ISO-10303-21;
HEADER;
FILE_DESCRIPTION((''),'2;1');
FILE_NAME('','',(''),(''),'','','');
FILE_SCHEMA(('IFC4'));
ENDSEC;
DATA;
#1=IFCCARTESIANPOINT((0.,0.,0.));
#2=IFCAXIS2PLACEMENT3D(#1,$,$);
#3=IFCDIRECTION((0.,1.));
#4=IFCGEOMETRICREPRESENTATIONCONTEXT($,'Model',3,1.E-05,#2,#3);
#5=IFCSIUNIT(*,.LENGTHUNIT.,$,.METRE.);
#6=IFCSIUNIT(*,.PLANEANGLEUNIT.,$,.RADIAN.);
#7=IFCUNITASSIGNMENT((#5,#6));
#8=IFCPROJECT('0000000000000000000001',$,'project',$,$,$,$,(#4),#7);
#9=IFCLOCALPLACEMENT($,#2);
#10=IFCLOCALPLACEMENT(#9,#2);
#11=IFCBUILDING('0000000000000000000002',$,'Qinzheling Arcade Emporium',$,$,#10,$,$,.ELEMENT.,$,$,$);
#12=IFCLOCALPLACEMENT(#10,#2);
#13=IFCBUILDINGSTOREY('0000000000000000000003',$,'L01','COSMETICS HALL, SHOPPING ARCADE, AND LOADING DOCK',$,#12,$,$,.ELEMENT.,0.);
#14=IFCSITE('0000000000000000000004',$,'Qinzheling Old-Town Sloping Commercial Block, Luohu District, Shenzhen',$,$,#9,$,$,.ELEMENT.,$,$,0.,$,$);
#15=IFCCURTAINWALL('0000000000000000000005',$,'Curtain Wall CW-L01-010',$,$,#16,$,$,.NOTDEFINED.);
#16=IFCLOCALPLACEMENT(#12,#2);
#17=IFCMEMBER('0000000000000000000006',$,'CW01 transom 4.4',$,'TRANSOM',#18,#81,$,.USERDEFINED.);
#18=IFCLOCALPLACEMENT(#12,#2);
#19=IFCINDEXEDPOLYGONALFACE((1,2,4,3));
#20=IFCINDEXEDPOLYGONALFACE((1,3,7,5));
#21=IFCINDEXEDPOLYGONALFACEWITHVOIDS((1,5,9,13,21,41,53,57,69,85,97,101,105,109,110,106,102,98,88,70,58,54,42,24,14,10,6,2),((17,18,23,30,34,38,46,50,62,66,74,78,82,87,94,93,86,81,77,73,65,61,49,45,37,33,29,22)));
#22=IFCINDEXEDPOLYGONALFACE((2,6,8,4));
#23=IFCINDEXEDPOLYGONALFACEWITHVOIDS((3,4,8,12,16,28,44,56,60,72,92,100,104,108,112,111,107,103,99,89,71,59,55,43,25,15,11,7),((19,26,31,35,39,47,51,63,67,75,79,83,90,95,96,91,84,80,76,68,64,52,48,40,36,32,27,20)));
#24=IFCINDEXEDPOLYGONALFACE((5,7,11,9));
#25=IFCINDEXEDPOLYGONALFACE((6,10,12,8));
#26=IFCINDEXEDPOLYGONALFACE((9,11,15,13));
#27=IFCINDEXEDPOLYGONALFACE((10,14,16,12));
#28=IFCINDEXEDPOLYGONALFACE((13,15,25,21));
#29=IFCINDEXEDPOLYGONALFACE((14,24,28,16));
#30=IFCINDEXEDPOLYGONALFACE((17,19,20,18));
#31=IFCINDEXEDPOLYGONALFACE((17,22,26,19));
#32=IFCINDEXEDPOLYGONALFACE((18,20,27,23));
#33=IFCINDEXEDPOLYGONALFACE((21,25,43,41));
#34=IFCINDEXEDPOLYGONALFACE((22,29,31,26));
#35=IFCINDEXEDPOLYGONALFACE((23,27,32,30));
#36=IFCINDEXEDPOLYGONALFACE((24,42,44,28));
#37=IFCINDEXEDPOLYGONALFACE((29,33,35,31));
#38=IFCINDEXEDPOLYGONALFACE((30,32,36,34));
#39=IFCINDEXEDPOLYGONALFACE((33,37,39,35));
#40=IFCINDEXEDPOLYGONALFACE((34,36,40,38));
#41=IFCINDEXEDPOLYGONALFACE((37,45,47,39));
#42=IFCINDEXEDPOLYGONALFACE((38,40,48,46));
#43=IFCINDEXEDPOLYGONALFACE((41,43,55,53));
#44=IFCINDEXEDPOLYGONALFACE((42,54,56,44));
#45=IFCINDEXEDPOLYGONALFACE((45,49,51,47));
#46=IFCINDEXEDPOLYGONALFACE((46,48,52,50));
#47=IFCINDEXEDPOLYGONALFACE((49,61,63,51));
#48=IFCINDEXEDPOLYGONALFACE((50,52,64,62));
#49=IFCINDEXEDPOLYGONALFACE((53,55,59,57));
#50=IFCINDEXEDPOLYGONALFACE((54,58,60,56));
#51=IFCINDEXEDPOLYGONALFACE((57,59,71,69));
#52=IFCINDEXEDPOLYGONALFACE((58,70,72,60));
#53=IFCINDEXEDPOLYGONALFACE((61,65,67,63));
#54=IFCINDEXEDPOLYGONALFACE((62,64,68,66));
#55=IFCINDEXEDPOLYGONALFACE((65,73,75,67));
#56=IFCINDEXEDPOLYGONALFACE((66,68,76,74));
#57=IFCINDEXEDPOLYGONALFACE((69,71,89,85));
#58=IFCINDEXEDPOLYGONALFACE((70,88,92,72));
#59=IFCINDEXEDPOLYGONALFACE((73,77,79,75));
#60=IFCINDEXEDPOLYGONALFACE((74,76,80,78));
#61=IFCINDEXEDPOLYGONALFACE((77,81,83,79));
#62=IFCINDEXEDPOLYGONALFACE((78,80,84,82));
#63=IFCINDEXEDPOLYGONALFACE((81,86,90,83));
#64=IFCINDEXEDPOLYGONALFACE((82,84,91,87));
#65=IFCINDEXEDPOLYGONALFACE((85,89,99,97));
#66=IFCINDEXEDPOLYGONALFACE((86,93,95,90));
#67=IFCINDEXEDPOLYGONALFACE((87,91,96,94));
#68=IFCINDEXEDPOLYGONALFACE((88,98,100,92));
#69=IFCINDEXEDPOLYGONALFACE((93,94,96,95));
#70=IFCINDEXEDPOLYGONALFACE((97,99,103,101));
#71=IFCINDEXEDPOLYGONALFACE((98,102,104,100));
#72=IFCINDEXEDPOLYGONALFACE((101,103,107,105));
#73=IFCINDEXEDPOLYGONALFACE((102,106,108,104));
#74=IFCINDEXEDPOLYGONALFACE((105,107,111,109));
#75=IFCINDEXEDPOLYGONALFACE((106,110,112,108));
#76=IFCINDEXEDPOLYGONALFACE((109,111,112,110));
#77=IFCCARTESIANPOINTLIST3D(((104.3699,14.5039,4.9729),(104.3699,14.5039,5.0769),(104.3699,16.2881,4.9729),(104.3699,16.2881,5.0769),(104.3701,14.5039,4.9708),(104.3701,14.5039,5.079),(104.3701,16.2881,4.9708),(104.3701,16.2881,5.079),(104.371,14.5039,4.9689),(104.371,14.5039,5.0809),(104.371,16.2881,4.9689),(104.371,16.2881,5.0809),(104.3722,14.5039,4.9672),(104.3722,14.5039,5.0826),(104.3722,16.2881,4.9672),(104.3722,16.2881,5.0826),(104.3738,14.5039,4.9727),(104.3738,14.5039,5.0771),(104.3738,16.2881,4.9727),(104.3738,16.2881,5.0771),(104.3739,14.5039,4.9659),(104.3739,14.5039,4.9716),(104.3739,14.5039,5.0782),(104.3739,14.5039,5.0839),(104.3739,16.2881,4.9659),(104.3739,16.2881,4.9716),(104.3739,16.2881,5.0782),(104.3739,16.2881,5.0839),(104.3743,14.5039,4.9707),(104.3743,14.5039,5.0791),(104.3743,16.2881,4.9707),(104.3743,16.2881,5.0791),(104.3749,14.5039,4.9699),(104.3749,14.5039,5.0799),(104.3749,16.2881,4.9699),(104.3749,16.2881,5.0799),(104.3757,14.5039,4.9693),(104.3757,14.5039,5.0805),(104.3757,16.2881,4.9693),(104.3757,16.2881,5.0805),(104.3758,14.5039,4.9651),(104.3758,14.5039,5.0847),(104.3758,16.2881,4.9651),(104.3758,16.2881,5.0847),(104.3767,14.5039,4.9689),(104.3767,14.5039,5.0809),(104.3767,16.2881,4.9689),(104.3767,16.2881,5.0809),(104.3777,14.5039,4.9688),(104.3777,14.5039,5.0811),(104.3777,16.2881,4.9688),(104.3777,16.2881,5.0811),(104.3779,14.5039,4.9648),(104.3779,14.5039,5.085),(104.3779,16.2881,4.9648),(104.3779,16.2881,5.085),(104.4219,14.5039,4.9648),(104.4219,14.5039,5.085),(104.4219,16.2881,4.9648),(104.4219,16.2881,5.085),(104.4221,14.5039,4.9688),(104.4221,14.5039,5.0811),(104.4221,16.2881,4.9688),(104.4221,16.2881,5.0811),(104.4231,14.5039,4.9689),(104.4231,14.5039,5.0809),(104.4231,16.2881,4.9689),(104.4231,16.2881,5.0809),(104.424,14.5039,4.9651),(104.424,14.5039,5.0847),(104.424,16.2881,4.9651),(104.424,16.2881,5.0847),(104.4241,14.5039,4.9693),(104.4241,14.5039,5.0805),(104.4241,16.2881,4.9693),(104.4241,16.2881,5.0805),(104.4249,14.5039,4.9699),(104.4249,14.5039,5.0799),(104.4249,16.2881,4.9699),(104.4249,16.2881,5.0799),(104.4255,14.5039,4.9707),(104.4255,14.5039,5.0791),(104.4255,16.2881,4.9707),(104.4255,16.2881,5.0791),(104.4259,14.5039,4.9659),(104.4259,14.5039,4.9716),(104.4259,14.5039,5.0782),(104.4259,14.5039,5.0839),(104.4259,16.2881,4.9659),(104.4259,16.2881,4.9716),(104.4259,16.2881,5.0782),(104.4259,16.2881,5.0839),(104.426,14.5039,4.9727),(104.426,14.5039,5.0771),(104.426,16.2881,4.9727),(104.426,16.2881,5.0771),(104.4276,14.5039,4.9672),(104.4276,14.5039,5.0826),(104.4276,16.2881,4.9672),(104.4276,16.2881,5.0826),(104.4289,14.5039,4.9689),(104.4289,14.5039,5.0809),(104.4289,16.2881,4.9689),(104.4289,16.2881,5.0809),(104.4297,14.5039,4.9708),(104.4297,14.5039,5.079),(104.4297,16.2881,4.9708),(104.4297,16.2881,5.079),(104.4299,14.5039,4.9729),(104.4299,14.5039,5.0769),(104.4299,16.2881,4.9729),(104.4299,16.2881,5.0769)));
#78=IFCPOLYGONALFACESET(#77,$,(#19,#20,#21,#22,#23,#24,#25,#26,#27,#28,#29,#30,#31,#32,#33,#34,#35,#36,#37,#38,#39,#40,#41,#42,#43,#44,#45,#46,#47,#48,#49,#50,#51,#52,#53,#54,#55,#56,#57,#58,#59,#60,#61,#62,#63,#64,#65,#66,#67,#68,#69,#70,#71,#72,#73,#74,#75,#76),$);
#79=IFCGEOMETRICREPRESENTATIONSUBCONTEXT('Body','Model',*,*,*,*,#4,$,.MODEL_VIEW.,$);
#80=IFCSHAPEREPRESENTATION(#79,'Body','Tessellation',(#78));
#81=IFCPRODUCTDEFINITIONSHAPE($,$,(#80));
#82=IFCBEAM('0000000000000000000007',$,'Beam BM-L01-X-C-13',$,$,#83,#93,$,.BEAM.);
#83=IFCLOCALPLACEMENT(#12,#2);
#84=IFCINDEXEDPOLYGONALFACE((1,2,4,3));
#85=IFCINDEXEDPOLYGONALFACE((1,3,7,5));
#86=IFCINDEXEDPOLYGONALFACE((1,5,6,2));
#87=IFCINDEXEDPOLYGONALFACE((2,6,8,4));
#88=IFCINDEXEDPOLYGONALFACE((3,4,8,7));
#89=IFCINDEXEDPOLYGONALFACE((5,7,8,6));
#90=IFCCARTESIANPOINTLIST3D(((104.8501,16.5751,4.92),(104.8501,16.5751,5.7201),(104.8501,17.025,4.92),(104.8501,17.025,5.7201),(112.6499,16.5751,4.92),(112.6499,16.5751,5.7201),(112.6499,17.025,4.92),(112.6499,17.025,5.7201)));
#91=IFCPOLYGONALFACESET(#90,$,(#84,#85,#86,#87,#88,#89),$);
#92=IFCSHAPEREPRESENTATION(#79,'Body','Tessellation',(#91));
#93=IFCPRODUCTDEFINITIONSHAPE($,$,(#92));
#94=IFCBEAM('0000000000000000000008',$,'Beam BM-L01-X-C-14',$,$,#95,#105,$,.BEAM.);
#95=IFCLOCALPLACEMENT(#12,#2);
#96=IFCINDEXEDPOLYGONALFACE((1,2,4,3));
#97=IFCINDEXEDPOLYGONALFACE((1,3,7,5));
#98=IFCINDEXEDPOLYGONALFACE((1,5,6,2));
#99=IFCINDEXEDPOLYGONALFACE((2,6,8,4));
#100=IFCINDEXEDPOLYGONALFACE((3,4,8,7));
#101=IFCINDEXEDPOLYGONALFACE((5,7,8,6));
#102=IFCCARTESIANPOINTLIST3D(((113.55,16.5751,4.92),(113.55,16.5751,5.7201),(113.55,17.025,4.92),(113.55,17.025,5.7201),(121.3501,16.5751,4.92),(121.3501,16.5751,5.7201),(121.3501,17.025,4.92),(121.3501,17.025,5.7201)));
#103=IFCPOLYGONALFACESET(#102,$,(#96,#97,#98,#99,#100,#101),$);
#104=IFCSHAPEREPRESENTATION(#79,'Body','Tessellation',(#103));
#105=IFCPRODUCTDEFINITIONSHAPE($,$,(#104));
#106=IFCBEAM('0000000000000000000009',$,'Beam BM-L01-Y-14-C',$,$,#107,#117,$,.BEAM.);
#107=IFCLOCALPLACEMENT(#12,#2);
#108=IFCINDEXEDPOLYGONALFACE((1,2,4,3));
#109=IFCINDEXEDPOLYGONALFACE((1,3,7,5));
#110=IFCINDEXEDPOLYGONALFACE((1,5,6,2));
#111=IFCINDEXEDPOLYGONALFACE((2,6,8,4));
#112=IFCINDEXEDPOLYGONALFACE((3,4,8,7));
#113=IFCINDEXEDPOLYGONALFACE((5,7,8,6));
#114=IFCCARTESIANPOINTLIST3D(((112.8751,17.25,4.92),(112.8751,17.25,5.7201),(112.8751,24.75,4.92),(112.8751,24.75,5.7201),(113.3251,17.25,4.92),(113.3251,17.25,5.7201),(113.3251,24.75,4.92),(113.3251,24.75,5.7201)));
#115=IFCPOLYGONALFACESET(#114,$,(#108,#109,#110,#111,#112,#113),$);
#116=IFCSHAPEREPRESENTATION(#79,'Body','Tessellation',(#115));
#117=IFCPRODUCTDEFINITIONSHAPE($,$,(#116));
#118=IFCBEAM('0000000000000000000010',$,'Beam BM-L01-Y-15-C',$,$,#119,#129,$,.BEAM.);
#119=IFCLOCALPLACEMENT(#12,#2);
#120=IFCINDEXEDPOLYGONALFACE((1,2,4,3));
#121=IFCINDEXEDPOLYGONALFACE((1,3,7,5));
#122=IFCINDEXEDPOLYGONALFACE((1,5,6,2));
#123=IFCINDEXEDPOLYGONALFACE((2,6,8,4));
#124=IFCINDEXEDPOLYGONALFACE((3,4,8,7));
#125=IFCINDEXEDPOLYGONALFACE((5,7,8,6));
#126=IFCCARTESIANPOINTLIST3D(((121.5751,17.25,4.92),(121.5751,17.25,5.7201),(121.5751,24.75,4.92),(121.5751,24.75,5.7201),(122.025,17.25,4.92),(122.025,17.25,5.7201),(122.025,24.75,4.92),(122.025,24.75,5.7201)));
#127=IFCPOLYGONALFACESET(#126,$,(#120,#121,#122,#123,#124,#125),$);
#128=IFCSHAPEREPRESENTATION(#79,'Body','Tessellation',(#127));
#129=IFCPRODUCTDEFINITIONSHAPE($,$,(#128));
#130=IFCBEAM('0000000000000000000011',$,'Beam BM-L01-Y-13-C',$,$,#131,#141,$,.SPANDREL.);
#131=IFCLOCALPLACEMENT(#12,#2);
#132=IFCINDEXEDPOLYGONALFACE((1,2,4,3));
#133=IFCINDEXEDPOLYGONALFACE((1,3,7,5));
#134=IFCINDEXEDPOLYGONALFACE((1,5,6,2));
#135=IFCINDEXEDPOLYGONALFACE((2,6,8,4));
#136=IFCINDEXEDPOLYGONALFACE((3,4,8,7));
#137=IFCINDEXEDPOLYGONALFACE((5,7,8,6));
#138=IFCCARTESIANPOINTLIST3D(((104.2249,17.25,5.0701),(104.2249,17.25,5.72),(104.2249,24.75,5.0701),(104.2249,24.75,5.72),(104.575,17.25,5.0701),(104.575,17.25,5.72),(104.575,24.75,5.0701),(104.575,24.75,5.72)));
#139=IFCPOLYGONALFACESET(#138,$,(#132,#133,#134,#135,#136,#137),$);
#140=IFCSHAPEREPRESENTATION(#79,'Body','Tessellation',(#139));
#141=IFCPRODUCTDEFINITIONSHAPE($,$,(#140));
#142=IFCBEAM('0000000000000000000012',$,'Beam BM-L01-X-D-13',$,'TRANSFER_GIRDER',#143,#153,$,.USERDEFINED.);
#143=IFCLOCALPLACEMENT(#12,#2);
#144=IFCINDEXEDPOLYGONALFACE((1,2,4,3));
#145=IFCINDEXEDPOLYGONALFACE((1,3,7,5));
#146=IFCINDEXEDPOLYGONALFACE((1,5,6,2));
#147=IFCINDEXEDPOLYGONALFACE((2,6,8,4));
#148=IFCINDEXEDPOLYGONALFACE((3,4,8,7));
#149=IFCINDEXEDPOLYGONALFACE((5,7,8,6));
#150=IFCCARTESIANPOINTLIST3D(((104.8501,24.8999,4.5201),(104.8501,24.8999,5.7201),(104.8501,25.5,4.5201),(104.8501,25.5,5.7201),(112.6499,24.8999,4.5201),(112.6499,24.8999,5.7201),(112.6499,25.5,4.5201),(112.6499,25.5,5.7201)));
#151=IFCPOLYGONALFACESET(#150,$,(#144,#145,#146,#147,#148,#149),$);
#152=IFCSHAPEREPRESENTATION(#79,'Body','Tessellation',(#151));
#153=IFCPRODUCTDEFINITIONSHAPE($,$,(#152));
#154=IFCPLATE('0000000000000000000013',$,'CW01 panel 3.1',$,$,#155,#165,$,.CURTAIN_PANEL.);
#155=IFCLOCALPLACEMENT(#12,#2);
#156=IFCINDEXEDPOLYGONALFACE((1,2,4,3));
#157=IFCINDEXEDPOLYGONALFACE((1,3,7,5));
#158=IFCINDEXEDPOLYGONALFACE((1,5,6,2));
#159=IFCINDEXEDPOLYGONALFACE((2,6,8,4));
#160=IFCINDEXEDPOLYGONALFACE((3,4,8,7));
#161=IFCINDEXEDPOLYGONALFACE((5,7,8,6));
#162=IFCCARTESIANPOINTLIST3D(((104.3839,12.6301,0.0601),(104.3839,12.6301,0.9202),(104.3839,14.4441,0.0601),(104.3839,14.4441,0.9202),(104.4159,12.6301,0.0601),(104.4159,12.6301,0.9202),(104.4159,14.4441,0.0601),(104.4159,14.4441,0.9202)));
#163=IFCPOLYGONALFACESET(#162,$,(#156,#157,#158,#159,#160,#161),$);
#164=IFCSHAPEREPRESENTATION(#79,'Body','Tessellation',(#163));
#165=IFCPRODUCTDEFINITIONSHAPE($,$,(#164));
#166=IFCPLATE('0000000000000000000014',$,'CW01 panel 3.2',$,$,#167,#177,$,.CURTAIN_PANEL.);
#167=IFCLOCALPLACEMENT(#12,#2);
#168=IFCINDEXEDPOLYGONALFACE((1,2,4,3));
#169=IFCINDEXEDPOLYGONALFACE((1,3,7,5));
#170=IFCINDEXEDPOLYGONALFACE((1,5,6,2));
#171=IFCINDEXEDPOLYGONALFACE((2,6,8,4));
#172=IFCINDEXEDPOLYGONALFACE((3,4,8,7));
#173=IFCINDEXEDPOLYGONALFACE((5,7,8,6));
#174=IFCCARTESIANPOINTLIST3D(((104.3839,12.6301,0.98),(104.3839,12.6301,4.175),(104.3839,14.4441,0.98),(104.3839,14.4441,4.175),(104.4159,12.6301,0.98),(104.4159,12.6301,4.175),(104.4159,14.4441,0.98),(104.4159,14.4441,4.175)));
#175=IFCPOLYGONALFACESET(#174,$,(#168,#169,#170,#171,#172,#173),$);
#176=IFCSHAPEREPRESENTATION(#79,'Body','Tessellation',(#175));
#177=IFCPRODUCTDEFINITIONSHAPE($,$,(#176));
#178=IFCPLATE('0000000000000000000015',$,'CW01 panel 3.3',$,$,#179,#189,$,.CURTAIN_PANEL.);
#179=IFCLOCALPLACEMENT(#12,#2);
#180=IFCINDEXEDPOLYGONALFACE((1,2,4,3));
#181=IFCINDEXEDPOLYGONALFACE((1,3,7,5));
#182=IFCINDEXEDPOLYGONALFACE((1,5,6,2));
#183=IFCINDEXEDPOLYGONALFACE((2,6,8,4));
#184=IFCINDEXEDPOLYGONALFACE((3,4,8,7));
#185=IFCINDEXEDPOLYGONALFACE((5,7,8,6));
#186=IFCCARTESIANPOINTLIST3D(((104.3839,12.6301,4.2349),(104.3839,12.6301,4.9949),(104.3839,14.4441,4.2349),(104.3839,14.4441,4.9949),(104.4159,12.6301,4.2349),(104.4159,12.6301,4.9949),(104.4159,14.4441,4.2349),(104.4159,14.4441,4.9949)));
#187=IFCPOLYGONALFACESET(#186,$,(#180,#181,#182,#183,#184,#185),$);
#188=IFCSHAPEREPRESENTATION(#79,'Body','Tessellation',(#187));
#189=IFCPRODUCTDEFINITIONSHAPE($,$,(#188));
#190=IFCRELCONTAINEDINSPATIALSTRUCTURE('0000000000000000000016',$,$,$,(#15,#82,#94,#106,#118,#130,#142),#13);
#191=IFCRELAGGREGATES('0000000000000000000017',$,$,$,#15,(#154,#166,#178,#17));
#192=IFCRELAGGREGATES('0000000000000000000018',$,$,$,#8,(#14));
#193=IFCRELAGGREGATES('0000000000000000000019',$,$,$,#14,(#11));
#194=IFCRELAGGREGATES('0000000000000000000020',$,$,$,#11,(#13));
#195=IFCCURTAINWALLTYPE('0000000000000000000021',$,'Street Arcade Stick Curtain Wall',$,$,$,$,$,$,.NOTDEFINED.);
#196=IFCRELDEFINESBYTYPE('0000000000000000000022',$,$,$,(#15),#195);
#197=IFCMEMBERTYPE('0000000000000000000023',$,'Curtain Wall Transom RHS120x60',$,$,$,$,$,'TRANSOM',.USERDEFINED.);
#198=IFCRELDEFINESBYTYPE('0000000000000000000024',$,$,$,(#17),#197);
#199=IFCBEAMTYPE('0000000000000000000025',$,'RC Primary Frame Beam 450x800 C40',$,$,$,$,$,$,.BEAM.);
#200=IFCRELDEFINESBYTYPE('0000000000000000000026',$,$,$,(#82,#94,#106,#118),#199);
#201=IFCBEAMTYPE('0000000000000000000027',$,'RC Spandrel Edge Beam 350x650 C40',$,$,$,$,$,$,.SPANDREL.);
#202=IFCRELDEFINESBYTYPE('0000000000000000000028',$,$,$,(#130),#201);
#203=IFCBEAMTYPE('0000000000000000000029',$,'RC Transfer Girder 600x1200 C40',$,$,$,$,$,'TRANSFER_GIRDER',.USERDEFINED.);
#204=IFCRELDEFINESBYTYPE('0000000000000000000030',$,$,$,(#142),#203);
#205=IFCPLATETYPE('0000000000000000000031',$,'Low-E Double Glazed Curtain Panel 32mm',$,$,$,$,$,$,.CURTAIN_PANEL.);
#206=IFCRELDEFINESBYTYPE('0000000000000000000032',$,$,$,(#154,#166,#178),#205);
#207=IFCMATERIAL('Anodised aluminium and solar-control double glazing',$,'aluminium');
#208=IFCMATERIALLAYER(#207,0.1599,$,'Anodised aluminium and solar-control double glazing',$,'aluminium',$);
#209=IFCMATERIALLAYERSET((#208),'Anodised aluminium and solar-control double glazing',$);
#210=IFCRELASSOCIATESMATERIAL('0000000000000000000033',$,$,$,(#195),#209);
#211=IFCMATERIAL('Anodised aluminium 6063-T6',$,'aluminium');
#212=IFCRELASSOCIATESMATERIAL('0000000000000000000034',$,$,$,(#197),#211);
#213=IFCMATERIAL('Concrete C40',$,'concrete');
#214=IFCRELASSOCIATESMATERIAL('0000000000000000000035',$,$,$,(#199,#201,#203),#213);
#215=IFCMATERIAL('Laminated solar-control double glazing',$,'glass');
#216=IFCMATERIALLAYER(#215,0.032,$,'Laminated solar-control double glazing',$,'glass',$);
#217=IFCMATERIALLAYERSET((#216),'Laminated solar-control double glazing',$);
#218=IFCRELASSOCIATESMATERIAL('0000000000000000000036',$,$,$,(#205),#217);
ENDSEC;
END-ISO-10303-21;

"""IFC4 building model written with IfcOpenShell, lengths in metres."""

from ifc_helpers import new_model, si_unit, direction, frame, origin, origin_2d, place, context, subcontext, project, spatial, rectangle, hollow_rectangle, extrude, material, layer, layer_set, material_profile, profile_set, type_object, element, aggregate, save


model = new_model("IFC4")

# Units and contexts
model_context = context("Model", 3, precision=1e-05, world=origin(), true_north=direction((0.0, 1.0)))
body_context = subcontext(model_context, "Body", "Model", "MODEL_VIEW")
ifc_project = project(units=[si_unit("LENGTHUNIT", "METRE"), si_unit("PLANEANGLEUNIT", "RADIAN")], contexts=[model_context])

# Site, building, storey
site_placement = place(None, origin())
site = spatial("IfcSite", under=ifc_project, at=site_placement, Name="Qinzheling Old-Town Sloping Commercial Block, Luohu District, Shenzhen", CompositionType="ELEMENT", RefElevation=0.0)
building_placement = place(site_placement, origin())
building = spatial("IfcBuilding", under=site, at=building_placement, Name="Qinzheling Arcade Emporium", CompositionType="ELEMENT")
storey_placement = place(building_placement, origin())
storey = spatial("IfcBuildingStorey", under=building, at=storey_placement, Name="L01", Description="COSMETICS HALL, SHOPPING ARCADE, AND LOADING DOCK", CompositionType="ELEMENT", Elevation=0.0)

# Curtain wall, member
ifc_material_1 = material(Name="Anodised aluminium and solar-control double glazing", Category="aluminium")
ifc_layer_1 = layer(ifc_material_1, 0.1599, Name="Anodised aluminium and solar-control double glazing", Category="aluminium")
ifc_layer_set_1 = layer_set([ifc_layer_1], Name="Anodised aluminium and solar-control double glazing")
curtain_wall_type = type_object("IfcCurtainWallType", Name="Street Arcade Stick Curtain Wall", PredefinedType="NOTDEFINED", material=ifc_layer_set_1)
curtain_wall_placement = place(storey_placement, origin())
curtain_wall = element("IfcCurtainWall", 1, at=curtain_wall_placement, inside=storey, type_object=curtain_wall_type, Name="Curtain Wall CW-L01-010", PredefinedType="NOTDEFINED")
ifc_material_2 = material(Name="Anodised aluminium 6063-T6", Category="aluminium")
ifc_material_profile_1 = material_profile(ifc_material_2, hollow_rectangle(XDim=0.0601, YDim=0.1201, WallThickness=0.0039, InnerFilletRadius=0.0039, OuterFilletRadius=0.0081, at=origin_2d()), Name="RHS 120x60x4", Category="aluminium")
ifc_profile_set_1 = profile_set([ifc_material_profile_1], Name="Anodised aluminium 6063-T6")
member_type_1 = type_object("IfcMemberType", Name="Curtain Wall Transom RHS120x60", ElementType="TRANSOM", PredefinedType="USERDEFINED", material=ifc_profile_set_1)
member_1_placement = place(storey_placement, frame((104.3999, 14.5039, 5.0249), z_axis=(0.0, 1.0, 0.0), x_axis=(-1.0, 0.0, 0.0)))
member_1 = element("IfcMember", 2, at=member_1_placement, type_object=member_type_1, Name="CW01 transom 4.4", ObjectType="TRANSOM", PredefinedType="USERDEFINED", context=body_context, shape_type="SweptSolid", body=[
    extrude(hollow_rectangle(XDim=0.0601, YDim=0.1201, WallThickness=0.0039, InnerFilletRadius=0.0039, OuterFilletRadius=0.0081, at=origin_2d()), origin(), (0.0, 0.0, 1.0), 1.7842),
])

# Beams
ifc_material_3 = material(Name="Concrete C40", Category="concrete")
ifc_material_profile_2 = material_profile(ifc_material_3, rectangle(XDim=0.45, YDim=0.8, at=origin_2d()), Name="RC 450x800", Category="concrete")
ifc_profile_set_2 = profile_set([ifc_material_profile_2], Name="Concrete C40")
beam_type_1 = type_object("IfcBeamType", Name="RC Primary Frame Beam 450x800 C40", PredefinedType="BEAM", material=ifc_profile_set_2)
beam_1_placement = place(storey_placement, frame((104.8501, 16.8, 5.3201), z_axis=(1.0, 0.0, 0.0), x_axis=(0.0, 1.0, 0.0)))
element("IfcBeam", 3, at=beam_1_placement, inside=storey, type_object=beam_type_1, Name="Beam BM-L01-X-C-13", PredefinedType="BEAM", context=body_context, shape_type="SweptSolid", body=[
    extrude(rectangle(XDim=0.45, YDim=0.8, at=origin_2d()), origin(), (0.0, 0.0, 1.0), 7.7998),
])
beam_2_placement = place(storey_placement, frame((113.55, 16.8, 5.3201), z_axis=(1.0, 0.0, 0.0), x_axis=(0.0, 1.0, 0.0)))
element("IfcBeam", 4, at=beam_2_placement, inside=storey, type_object=beam_type_1, Name="Beam BM-L01-X-C-14", PredefinedType="BEAM", context=body_context, shape_type="SweptSolid", body=[
    extrude(rectangle(XDim=0.45, YDim=0.8, at=origin_2d()), origin(), (0.0, 0.0, 1.0), 7.8),
])
for number, where, z_axis, x_axis, name in (
    (5, (113.1001, 17.25, 5.3201), (0.0, 1.0, 0.0), (-1.0, 0.0, 0.0), "Beam BM-L01-Y-14-C"),
    (6, (121.8, 17.25, 5.3201), (0.0, 1.0, 0.0), (-1.0, 0.0, 0.0), "Beam BM-L01-Y-15-C"),
):
    element("IfcBeam", number, at=place(storey_placement, frame(where, z_axis=z_axis, x_axis=x_axis)), inside=storey, type_object=beam_type_1, Name=name, PredefinedType="BEAM", context=body_context, shape_type="SweptSolid", body=[
        extrude(rectangle(XDim=0.45, YDim=0.8, at=origin_2d()), origin(), (0.0, 0.0, 1.0), 7.5),
    ])
ifc_material_profile_3 = material_profile(ifc_material_3, rectangle(XDim=0.3501, YDim=0.6499, at=origin_2d()), Name="RC 350x650", Category="concrete")
ifc_profile_set_3 = profile_set([ifc_material_profile_3], Name="Concrete C40")
beam_type_2 = type_object("IfcBeamType", Name="RC Spandrel Edge Beam 350x650 C40", PredefinedType="SPANDREL", material=ifc_profile_set_3)
beam_3_placement = place(storey_placement, frame((104.3999, 17.25, 5.395), z_axis=(0.0, 1.0, 0.0), x_axis=(-1.0, 0.0, 0.0)))
element("IfcBeam", 7, at=beam_3_placement, inside=storey, type_object=beam_type_2, Name="Beam BM-L01-Y-13-C", PredefinedType="SPANDREL", context=body_context, shape_type="SweptSolid", body=[
    extrude(rectangle(XDim=0.3501, YDim=0.6499, at=origin_2d()), origin(), (0.0, 0.0, 1.0), 7.5),
])
ifc_material_profile_4 = material_profile(ifc_material_3, rectangle(XDim=0.6001, YDim=1.2, at=origin_2d()), Name="RC 600x1200", Category="concrete")
ifc_profile_set_4 = profile_set([ifc_material_profile_4], Name="Concrete C40")
beam_type_3 = type_object("IfcBeamType", Name="RC Transfer Girder 600x1200 C40", ElementType="TRANSFER_GIRDER", PredefinedType="USERDEFINED", material=ifc_profile_set_4)
beam_4_placement = place(storey_placement, frame((104.8501, 25.2, 5.1201), z_axis=(1.0, 0.0, 0.0), x_axis=(0.0, 1.0, 0.0)))
element("IfcBeam", 8, at=beam_4_placement, inside=storey, type_object=beam_type_3, Name="Beam BM-L01-X-D-13", ObjectType="TRANSFER_GIRDER", PredefinedType="USERDEFINED", context=body_context, shape_type="SweptSolid", body=[
    extrude(rectangle(XDim=0.6001, YDim=1.2, at=origin_2d()), origin(), (0.0, 0.0, 1.0), 7.7998),
])

# Plates
ifc_material_4 = material(Name="Laminated solar-control double glazing", Category="glass")
ifc_layer_2 = layer(ifc_material_4, 0.032, Name="Laminated solar-control double glazing", Category="glass")
ifc_layer_set_2 = layer_set([ifc_layer_2], Name="Laminated solar-control double glazing")
plate_type = type_object("IfcPlateType", Name="Low-E Double Glazed Curtain Panel 32mm", PredefinedType="CURTAIN_PANEL", material=ifc_layer_set_2)
plate_1_placement = place(storey_placement, frame((104.3999, 13.5371, 0.0601), z_axis=(0.0, 0.0, 1.0), x_axis=(0.0, 1.0, 0.0)))
plate_1 = element("IfcPlate", 9, at=plate_1_placement, type_object=plate_type, Name="CW01 panel 3.1", PredefinedType="CURTAIN_PANEL", context=body_context, shape_type="SweptSolid", body=[
    extrude(rectangle(XDim=1.814, YDim=0.032, at=origin_2d()), origin(), (0.0, 0.0, 1.0), 0.8601),
])
plate_2_placement = place(storey_placement, frame((104.3999, 13.5371, 0.98), z_axis=(0.0, 0.0, 1.0), x_axis=(0.0, 1.0, 0.0)))
plate_2 = element("IfcPlate", 10, at=plate_2_placement, type_object=plate_type, Name="CW01 panel 3.2", PredefinedType="CURTAIN_PANEL", context=body_context, shape_type="SweptSolid", body=[
    extrude(rectangle(XDim=1.814, YDim=0.032, at=origin_2d()), origin(), (0.0, 0.0, 1.0), 3.1951),
])
plate_3_placement = place(storey_placement, frame((104.3999, 13.5371, 4.2349), z_axis=(0.0, 0.0, 1.0), x_axis=(0.0, 1.0, 0.0)))
plate_3 = element("IfcPlate", 11, at=plate_3_placement, type_object=plate_type, Name="CW01 panel 3.3", PredefinedType="CURTAIN_PANEL", context=body_context, shape_type="SweptSolid", body=[
    extrude(rectangle(XDim=1.814, YDim=0.032, at=origin_2d()), origin(), (0.0, 0.0, 1.0), 0.76),
])
aggregate(curtain_wall, [plate_1, plate_2, plate_3, member_1])

save(model, "model.ifc")
